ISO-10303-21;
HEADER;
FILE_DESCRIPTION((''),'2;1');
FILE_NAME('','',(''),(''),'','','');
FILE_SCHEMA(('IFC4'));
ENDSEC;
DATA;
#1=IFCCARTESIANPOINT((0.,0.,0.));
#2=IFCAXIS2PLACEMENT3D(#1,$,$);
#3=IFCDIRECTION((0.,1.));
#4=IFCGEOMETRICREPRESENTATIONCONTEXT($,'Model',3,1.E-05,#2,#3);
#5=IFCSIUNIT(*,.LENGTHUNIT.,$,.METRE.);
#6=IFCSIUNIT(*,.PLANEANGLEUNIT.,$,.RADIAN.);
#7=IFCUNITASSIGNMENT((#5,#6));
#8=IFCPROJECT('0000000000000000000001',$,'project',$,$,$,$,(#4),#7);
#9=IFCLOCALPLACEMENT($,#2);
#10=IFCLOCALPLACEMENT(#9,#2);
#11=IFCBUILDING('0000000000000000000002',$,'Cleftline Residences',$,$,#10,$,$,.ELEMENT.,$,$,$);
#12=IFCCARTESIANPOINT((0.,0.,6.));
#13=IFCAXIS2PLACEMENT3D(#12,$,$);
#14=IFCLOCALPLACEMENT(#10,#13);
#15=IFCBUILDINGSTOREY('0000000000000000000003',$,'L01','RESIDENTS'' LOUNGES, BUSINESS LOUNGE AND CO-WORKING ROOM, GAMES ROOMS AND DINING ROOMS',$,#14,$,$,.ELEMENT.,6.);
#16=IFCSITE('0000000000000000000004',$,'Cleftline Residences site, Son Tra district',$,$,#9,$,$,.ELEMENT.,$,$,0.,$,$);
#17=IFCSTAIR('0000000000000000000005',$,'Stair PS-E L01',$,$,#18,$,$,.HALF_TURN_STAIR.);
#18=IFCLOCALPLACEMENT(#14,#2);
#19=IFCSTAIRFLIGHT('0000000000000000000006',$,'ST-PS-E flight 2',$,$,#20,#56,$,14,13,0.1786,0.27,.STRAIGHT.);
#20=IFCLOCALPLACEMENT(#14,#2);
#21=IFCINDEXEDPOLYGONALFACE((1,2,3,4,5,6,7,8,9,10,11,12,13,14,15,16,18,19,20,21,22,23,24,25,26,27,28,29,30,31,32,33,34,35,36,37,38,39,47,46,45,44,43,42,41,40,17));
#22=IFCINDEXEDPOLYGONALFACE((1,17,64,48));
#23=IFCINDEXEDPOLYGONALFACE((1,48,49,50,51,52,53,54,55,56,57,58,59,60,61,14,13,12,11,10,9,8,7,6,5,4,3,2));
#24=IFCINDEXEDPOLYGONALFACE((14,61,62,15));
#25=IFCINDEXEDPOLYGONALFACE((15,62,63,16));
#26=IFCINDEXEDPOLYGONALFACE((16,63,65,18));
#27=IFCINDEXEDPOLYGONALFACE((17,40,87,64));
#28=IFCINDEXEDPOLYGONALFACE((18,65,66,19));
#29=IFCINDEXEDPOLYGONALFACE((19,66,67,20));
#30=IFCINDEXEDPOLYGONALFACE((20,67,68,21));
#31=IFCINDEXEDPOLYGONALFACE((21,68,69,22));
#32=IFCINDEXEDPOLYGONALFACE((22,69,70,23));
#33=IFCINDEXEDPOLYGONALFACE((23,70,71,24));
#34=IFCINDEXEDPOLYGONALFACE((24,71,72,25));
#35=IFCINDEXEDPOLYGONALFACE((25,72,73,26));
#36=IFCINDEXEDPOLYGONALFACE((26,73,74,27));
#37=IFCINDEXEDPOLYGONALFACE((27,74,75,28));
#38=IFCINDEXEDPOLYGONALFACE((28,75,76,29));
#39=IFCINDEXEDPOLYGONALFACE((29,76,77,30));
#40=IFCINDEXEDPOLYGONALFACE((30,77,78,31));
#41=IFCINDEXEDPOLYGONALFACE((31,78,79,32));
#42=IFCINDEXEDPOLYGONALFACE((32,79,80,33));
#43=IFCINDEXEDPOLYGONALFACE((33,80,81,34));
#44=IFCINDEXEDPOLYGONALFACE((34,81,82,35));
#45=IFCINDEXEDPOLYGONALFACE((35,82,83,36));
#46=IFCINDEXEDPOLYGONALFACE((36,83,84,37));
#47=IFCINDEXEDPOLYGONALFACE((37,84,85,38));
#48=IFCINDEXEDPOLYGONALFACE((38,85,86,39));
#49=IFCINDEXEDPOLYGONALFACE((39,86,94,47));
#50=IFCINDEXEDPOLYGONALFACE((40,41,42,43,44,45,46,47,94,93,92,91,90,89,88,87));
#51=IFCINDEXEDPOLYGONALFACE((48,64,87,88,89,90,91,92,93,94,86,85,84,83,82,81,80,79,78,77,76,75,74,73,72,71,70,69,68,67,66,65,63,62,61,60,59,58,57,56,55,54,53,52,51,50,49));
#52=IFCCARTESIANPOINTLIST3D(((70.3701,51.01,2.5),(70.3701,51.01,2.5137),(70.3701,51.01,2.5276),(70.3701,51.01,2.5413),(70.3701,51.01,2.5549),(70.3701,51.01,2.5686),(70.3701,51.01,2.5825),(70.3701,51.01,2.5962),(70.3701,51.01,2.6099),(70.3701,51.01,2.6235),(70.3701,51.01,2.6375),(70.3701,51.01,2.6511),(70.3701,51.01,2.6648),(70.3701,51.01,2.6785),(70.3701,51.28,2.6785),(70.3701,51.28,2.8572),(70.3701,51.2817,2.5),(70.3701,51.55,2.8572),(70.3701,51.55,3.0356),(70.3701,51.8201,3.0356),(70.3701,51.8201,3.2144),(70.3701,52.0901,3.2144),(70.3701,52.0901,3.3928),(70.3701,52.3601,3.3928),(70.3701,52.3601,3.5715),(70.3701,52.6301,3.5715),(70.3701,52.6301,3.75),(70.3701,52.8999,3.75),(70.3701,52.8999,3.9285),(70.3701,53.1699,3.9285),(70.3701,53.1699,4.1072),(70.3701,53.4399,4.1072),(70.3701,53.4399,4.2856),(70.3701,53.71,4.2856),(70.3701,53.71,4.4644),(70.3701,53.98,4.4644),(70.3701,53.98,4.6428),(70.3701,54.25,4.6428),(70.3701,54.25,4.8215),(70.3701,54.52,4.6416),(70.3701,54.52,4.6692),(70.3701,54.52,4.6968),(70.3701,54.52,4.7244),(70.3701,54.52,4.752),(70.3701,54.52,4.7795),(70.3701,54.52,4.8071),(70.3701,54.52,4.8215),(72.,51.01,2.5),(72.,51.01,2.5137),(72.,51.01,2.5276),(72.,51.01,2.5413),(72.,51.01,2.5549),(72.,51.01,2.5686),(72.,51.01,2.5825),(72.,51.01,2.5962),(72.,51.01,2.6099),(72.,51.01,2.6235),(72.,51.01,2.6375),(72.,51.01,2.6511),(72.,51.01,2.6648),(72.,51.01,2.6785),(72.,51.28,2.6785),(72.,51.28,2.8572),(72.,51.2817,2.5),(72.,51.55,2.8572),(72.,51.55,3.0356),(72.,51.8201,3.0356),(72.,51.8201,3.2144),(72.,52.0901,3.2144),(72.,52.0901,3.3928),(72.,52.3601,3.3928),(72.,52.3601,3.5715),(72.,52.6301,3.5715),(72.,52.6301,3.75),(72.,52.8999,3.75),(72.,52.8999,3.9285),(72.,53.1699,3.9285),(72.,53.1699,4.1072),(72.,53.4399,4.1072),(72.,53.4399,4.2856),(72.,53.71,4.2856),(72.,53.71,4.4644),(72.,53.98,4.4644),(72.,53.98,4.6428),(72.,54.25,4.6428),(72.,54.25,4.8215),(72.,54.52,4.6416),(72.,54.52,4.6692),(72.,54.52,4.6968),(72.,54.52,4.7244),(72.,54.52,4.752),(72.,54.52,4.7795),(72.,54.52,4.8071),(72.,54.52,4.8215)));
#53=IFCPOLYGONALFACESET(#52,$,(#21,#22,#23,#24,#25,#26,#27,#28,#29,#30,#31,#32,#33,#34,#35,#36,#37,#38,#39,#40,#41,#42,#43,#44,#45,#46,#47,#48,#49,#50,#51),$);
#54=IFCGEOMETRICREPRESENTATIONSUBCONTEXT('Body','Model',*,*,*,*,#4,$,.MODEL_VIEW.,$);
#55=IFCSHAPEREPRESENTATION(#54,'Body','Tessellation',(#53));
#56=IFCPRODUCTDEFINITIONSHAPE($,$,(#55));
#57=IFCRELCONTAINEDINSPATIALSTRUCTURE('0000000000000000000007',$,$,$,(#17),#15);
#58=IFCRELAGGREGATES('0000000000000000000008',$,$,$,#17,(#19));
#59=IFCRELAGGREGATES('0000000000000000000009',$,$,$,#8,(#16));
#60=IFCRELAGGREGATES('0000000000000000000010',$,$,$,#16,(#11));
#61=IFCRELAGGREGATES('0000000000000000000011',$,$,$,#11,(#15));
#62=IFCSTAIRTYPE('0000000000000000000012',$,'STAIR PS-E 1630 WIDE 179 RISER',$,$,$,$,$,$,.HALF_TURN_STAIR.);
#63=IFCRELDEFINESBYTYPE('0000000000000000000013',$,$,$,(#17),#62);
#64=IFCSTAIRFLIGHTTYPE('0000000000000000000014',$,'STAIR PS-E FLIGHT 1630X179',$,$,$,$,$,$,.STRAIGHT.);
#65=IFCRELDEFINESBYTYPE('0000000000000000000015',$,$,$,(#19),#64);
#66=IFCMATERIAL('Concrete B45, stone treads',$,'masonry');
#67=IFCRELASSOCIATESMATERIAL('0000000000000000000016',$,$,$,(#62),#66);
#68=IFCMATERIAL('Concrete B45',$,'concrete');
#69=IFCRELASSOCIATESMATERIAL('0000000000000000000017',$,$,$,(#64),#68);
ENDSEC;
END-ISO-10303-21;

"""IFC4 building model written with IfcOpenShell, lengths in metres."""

from ifc_helpers import new_model, si_unit, direction, frame, origin, place, context, subcontext, project, spatial, polyline, outline, extrude, material, type_object, element, aggregate, save


model = new_model("IFC4")

# Units and contexts
model_context = context("Model", 3, precision=1e-05, world=origin(), true_north=direction((0.0, 1.0)))
body_context = subcontext(model_context, "Body", "Model", "MODEL_VIEW")
ifc_project = project(units=[si_unit("LENGTHUNIT", "METRE"), si_unit("PLANEANGLEUNIT", "RADIAN")], contexts=[model_context])

# Site, building, storey
site_placement = place(None, origin())
site = spatial("IfcSite", under=ifc_project, at=site_placement, Name="Cleftline Residences site, Son Tra district", CompositionType="ELEMENT", RefElevation=0.0)
building_placement = place(site_placement, origin())
building = spatial("IfcBuilding", under=site, at=building_placement, Name="Cleftline Residences", CompositionType="ELEMENT")
storey_placement = place(building_placement, frame((0.0, 0.0, 6.0)))
storey = spatial("IfcBuildingStorey", under=building, at=storey_placement, Name="L01", Description="RESIDENTS' LOUNGES, BUSINESS LOUNGE AND CO-WORKING ROOM, GAMES ROOMS AND DINING ROOMS", CompositionType="ELEMENT", Elevation=6.0)

# Stair, stair flight
ifc_material_1 = material(Name="Concrete B45, stone treads", Category="masonry")
stair_type = type_object("IfcStairType", Name="STAIR PS-E 1630 WIDE 179 RISER", PredefinedType="HALF_TURN_STAIR", material=ifc_material_1)
stair_placement = place(storey_placement, origin())
stair = element("IfcStair", 1, at=stair_placement, inside=storey, type_object=stair_type, Name="Stair PS-E L01", PredefinedType="HALF_TURN_STAIR")
ifc_material_2 = material(Name="Concrete B45", Category="concrete")
stair_flight_type = type_object("IfcStairFlightType", Name="STAIR PS-E FLIGHT 1630X179", PredefinedType="STRAIGHT", material=ifc_material_2)
stair_flight_1_placement = place(storey_placement, frame((71.1851, 51.01, 2.5), z_axis=(0.0, 0.0, 1.0), x_axis=(0.0, 1.0, 0.0)))
stair_flight_1 = element("IfcStairFlight", 2, at=stair_flight_1_placement, type_object=stair_flight_type, Name="ST-PS-E flight 2", NumberOfRisers=14, NumberOfTreads=13, PredefinedType="STRAIGHT", RiserHeight=0.1786, TreadLength=0.27, context=body_context, shape_type="SweptSolid", body=[
    extrude(outline(polyline([(0.0, 0.0), (0.0, 0.0137), (0.0, 0.0276), (0.0, 0.0413), (0.0, 0.0549), (0.0, 0.0686), (0.0, 0.0825), (0.0, 0.0962), (0.0, 0.1099), (0.0, 0.1235), (0.0, 0.1375), (0.0, 0.1511), (0.0, 0.1648), (0.0, 0.1785), (0.27, 0.1785), (0.27, 0.3572), (0.54, 0.3572), (0.54, 0.5356), (0.8101, 0.5356), (0.8101, 0.7144), (1.0801, 0.7144), (1.0801, 0.8928), (1.3501, 0.8928), (1.3501, 1.0715), (1.6201, 1.0715), (1.6201, 1.25), (1.8899, 1.25), (1.8899, 1.4285), (2.1599, 1.4285), (2.1599, 1.6072), (2.4299, 1.6072), (2.4299, 1.7856), (2.7, 1.7856), (2.7, 1.9644), (2.97, 1.9644), (2.97, 2.1428), (3.24, 2.1428), (3.24, 2.3215), (3.51, 2.3215), (3.51, 2.5), (3.51, 2.4724), (3.51, 2.4448), (3.51, 2.4172), (3.51, 2.3896), (3.51, 2.3623), (3.51, 2.3347), (3.51, 2.3071), (3.51, 2.2795), (3.51, 2.252), (3.51, 2.2244), (3.51, 2.1968), (3.51, 2.1692), (3.51, 2.1416), (0.2717, 0.0), (0.0, 0.0)])), frame((0.0, 0.8149, 0.0), z_axis=(0.0, -1.0, 0.0), x_axis=(1.0, 0.0, 0.0)), (0.0, 0.0, 1.0), 1.6299),
])
aggregate(stair, [stair_flight_1])

save(model, "model.ifc")
